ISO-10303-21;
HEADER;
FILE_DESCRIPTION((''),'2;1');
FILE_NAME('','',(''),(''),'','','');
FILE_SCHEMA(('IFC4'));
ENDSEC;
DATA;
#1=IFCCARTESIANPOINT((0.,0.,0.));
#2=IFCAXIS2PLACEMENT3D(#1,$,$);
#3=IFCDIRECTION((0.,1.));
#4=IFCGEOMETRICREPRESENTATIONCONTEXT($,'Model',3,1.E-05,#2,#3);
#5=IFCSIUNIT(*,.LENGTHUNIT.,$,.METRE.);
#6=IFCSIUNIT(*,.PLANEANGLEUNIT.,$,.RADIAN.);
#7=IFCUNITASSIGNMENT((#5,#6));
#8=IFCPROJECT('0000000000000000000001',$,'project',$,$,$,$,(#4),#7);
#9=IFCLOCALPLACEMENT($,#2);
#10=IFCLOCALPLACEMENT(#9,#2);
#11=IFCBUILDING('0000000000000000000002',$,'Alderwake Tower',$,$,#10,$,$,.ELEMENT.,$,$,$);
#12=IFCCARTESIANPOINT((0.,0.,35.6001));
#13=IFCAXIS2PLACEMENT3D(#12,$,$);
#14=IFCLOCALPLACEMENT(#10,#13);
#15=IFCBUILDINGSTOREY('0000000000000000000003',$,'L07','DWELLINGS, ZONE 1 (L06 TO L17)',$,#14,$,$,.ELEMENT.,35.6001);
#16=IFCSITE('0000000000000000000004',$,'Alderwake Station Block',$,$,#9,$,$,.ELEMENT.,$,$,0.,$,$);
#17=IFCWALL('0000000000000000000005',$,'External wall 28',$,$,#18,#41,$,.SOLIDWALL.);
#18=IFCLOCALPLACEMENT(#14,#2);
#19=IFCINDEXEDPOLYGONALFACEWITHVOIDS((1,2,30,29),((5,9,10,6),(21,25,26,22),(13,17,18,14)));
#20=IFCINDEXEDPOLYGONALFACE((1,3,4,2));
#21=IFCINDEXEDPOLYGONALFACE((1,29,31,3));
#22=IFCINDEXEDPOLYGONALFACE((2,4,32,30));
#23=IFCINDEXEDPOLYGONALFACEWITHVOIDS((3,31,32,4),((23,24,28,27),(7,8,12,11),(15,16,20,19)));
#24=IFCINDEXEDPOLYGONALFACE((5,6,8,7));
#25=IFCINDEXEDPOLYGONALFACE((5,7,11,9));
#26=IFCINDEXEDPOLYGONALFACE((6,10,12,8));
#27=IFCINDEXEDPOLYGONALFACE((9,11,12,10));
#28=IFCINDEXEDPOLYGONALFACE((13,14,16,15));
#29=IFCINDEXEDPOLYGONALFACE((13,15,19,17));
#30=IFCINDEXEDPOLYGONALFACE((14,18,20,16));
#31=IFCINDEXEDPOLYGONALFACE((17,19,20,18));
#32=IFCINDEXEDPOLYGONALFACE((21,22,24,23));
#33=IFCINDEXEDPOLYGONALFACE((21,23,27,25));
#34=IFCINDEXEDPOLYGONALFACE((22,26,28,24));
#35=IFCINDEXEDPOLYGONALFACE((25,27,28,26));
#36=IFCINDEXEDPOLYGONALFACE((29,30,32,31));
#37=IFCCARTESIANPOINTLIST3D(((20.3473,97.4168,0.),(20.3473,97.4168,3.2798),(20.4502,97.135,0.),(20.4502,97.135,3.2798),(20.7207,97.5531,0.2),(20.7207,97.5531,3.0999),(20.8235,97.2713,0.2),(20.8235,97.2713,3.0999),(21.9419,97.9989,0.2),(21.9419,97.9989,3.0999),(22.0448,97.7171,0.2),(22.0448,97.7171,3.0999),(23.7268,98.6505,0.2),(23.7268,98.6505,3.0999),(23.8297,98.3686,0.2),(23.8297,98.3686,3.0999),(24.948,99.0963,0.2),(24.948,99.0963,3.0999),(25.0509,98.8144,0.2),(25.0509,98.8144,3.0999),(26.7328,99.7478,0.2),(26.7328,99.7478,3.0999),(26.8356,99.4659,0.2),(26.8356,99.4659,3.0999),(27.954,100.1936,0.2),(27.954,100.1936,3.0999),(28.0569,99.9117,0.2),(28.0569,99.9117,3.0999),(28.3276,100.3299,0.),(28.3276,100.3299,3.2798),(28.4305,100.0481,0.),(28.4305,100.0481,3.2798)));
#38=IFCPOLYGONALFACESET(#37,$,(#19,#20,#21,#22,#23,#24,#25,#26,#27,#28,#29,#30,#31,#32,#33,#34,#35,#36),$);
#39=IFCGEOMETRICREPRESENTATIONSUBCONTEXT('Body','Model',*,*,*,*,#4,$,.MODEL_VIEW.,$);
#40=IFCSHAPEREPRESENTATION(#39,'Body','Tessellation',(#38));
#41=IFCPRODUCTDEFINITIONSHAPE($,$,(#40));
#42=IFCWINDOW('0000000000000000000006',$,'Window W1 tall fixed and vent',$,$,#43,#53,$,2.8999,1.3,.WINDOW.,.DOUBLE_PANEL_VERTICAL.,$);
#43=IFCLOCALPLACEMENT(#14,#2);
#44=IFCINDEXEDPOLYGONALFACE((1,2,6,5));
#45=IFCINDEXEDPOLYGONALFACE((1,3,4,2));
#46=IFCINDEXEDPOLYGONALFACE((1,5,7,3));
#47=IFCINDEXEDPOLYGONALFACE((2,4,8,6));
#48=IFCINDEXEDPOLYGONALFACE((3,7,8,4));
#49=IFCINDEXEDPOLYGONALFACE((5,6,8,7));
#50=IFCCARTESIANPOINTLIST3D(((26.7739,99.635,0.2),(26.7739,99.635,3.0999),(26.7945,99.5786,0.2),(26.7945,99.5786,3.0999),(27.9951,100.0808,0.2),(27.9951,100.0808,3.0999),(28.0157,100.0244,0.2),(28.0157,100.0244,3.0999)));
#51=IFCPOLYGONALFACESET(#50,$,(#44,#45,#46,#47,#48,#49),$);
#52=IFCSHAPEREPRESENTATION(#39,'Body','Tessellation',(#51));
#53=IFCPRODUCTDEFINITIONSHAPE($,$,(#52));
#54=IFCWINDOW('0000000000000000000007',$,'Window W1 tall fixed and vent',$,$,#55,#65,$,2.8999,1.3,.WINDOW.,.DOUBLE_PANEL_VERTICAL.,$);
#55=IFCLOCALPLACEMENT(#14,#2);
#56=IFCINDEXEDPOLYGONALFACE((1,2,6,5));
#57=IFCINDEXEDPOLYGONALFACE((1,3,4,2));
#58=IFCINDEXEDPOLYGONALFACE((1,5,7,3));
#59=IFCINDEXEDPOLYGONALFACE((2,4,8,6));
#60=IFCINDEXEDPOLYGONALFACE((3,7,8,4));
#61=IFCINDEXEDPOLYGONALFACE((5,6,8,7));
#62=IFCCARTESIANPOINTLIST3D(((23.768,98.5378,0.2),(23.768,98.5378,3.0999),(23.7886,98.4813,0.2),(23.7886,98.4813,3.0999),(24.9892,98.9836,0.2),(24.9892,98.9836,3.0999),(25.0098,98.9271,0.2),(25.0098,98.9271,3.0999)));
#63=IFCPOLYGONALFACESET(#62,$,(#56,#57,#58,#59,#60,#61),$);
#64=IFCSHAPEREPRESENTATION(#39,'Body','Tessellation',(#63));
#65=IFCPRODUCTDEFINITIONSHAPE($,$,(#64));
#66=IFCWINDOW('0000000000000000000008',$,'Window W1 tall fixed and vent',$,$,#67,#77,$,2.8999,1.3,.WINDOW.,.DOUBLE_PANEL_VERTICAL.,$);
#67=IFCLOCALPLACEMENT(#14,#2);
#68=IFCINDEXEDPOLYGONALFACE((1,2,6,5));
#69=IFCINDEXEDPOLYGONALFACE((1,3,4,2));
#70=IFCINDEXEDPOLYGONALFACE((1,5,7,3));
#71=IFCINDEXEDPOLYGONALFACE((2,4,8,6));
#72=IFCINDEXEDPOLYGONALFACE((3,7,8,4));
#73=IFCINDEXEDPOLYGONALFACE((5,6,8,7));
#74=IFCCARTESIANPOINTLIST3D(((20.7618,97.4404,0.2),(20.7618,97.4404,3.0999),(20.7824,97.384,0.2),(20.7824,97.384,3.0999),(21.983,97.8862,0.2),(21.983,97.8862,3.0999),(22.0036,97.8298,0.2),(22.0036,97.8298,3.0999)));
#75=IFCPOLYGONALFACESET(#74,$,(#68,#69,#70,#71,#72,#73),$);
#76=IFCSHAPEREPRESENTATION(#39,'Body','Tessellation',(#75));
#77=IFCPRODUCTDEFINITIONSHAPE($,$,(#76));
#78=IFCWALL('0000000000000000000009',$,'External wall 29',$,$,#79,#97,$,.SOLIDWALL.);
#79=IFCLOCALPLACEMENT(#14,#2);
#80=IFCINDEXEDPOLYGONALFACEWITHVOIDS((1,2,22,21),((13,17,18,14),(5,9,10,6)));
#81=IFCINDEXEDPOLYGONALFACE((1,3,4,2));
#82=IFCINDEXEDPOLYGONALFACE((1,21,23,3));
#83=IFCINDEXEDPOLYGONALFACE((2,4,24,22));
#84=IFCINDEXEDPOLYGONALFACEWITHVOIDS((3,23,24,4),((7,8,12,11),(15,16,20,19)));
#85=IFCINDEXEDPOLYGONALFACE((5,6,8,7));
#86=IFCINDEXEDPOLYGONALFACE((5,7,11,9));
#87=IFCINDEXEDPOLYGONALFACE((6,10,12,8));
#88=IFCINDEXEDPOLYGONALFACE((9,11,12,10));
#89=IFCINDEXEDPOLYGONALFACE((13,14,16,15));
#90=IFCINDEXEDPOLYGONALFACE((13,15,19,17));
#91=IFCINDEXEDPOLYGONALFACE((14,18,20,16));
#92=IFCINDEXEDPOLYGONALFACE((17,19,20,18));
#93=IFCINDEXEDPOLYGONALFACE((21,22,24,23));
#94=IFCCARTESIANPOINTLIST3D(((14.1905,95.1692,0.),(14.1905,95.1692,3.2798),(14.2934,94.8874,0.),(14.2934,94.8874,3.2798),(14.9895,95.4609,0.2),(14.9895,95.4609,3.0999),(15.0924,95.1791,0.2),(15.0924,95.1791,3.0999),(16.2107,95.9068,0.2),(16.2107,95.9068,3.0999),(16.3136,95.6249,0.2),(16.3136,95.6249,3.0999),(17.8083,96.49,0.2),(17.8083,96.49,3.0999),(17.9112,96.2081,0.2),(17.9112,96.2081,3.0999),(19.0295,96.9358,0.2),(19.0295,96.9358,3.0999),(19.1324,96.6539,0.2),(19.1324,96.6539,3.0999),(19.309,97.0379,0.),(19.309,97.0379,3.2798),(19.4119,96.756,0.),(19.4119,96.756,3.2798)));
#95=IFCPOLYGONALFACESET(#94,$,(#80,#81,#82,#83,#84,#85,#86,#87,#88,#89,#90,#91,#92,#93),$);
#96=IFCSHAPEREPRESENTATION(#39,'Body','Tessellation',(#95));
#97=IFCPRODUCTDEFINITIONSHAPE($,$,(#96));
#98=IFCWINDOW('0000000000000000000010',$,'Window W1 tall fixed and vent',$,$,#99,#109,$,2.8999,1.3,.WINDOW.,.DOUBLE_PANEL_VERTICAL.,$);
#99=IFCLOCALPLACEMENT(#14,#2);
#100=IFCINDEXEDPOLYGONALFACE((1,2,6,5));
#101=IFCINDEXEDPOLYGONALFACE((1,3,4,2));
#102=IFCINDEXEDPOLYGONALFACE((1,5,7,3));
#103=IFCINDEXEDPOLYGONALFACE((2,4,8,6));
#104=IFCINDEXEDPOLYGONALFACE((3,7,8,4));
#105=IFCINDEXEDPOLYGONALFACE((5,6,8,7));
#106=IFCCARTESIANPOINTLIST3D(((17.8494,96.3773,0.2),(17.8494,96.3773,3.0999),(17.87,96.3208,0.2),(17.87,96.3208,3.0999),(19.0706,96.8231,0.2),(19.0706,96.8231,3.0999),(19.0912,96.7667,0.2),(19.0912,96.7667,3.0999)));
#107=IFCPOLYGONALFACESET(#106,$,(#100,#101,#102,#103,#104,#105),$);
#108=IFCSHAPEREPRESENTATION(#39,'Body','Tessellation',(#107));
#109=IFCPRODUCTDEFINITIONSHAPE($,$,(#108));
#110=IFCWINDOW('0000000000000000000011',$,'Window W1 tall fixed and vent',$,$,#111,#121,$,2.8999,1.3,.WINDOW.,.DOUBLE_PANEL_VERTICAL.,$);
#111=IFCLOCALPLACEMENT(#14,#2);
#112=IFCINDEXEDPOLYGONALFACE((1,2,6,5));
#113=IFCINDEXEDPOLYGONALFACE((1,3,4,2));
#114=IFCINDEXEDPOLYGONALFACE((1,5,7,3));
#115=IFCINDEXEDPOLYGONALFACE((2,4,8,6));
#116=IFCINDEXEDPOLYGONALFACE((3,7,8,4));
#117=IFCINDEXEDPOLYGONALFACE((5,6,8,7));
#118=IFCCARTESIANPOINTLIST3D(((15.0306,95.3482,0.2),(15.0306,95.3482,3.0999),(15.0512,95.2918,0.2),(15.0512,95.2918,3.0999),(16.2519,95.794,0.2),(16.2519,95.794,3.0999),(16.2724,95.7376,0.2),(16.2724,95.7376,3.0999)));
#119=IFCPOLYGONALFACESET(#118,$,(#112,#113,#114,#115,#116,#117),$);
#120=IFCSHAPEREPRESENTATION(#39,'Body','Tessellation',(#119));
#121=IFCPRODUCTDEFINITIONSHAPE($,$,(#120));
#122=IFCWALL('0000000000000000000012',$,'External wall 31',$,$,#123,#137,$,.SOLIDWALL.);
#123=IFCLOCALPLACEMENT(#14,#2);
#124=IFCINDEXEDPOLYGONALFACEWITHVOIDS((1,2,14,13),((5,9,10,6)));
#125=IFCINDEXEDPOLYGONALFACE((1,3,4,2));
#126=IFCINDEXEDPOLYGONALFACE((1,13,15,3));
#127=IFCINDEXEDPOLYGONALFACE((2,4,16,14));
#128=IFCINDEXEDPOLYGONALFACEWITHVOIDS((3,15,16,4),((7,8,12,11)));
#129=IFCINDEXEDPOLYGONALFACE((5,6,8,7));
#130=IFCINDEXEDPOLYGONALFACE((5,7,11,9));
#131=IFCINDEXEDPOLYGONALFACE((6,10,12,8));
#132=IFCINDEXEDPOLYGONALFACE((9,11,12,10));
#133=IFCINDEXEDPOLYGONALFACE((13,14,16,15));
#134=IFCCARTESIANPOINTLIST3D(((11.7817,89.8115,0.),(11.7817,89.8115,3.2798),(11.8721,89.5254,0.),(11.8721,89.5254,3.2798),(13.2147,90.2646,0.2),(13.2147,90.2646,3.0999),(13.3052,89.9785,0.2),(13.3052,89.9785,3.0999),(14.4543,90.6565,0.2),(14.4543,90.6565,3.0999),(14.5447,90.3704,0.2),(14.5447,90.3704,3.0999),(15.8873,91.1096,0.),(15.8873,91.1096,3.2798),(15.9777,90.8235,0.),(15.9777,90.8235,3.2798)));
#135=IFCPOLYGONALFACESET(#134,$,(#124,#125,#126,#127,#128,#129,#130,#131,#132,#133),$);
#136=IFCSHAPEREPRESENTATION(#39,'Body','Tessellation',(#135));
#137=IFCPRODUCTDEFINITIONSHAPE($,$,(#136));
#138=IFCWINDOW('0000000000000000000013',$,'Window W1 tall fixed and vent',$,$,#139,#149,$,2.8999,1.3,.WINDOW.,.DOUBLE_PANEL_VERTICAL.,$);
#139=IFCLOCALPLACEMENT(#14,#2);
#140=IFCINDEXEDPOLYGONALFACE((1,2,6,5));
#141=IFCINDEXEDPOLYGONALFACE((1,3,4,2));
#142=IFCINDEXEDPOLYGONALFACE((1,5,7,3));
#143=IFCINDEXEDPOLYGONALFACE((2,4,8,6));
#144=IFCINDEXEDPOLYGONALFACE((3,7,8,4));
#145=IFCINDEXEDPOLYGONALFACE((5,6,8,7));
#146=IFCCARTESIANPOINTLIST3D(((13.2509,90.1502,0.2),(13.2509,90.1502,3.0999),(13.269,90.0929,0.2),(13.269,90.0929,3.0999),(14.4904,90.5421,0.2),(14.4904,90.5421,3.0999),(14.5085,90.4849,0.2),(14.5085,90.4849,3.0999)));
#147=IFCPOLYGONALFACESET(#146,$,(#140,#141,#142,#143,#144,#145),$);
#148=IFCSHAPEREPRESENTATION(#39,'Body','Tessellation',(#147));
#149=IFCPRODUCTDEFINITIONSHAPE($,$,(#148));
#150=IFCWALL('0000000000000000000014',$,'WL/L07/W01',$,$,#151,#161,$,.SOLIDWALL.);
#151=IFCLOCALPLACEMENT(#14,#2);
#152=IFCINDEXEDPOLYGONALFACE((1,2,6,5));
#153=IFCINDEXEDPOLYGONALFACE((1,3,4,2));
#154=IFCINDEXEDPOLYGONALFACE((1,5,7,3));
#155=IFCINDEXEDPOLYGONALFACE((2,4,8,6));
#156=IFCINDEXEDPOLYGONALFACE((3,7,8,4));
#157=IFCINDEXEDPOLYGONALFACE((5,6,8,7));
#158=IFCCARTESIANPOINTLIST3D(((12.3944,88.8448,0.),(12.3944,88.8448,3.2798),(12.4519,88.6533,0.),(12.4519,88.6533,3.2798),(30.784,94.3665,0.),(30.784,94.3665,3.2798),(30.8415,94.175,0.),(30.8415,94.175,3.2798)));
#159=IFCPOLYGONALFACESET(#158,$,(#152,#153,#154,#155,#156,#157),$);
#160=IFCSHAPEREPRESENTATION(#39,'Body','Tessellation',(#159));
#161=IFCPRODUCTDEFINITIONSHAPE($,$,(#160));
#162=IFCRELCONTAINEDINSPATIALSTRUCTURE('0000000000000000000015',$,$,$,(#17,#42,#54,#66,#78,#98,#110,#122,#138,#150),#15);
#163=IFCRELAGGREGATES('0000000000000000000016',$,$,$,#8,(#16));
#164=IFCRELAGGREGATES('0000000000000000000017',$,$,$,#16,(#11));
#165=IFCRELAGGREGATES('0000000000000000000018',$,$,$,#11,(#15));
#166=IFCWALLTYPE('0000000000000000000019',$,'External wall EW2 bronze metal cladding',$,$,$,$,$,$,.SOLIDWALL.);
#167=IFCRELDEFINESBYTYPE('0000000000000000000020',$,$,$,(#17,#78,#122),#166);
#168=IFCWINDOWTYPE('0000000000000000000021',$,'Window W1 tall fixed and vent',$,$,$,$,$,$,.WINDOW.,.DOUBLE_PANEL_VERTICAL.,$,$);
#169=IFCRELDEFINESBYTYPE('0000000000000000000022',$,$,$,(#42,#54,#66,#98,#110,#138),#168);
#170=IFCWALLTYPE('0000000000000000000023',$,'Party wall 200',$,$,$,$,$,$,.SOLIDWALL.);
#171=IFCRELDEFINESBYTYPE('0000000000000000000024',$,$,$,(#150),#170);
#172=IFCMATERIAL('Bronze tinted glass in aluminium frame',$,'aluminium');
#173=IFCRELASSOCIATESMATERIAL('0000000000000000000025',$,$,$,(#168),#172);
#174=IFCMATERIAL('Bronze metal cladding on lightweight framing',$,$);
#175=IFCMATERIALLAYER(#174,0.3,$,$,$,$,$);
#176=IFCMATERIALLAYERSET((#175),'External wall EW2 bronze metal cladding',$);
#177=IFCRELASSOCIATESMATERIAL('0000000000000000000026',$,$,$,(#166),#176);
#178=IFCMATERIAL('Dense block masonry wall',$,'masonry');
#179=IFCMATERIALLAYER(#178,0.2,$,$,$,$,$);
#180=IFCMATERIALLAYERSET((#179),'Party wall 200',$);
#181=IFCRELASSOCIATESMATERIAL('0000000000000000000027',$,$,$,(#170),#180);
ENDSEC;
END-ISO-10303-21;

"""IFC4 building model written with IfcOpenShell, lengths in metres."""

from ifc_helpers import new_model, si_unit, direction, frame, frame_2d, origin, place, context, subcontext, project, spatial, rectangle, extrude, material, layer, layer_set, type_object, element, fill, save


model = new_model("IFC4")

# Units and contexts
model_context = context("Model", 3, precision=1e-05, world=origin(), true_north=direction((0.0, 1.0)))
body_context = subcontext(model_context, "Body", "Model", "MODEL_VIEW")
ifc_project = project(units=[si_unit("LENGTHUNIT", "METRE"), si_unit("PLANEANGLEUNIT", "RADIAN")], contexts=[model_context])

# Site, building, storey
site_placement = place(None, origin())
site = spatial("IfcSite", under=ifc_project, at=site_placement, Name="Alderwake Station Block", CompositionType="ELEMENT", RefElevation=0.0)
building_placement = place(site_placement, origin())
building = spatial("IfcBuilding", under=site, at=building_placement, Name="Alderwake Tower", CompositionType="ELEMENT")
storey_placement = place(building_placement, frame((0.0, 0.0, 35.6001)))
storey = spatial("IfcBuildingStorey", under=building, at=storey_placement, Name="L07", Description="DWELLINGS, ZONE 1 (L06 TO L17)", CompositionType="ELEMENT", Elevation=35.6001)

# Shared definitions
ifc_material_1 = material(Name="Bronze tinted glass in aluminium frame", Category="aluminium")
window_type = type_object("IfcWindowType", Name="Window W1 tall fixed and vent", PartitioningType="DOUBLE_PANEL_VERTICAL", PredefinedType="WINDOW", material=ifc_material_1)

# Walls, openings, windows
ifc_material_2 = material(Name="Bronze metal cladding on lightweight framing")
ifc_layer_1 = layer(ifc_material_2, 0.3)
ifc_layer_set_1 = layer_set([ifc_layer_1], Name="External wall EW2 bronze metal cladding")
wall_type_1 = type_object("IfcWallType", Name="External wall EW2 bronze metal cladding", PredefinedType="SOLIDWALL", material=ifc_layer_set_1)
wall_1_placement = place(storey_placement, frame((28.3789, 100.189, 0.0), z_axis=(0.0, 0.0, 1.0), x_axis=(-0.93937, -0.342906, 0.0)))
wall_1 = element("IfcWall", 1, at=wall_1_placement, inside=storey, type_object=wall_type_1, Name="External wall 28", PredefinedType="SOLIDWALL", context=body_context, shape_type="SweptSolid", body=[
    extrude(rectangle(XDim=8.4954, YDim=0.3, at=frame_2d((4.2476, 0.0))), origin(), (0.0, 0.0, 1.0), 3.2798),
])
opening_1_placement = place(wall_1_placement, frame((0.3977, 0.0, 0.2)))
opening_1 = element("IfcOpeningElement", 2, at=opening_1_placement, cuts=wall_1, PredefinedType="OPENING", context=body_context, shape_type="SweptSolid", body=[
    extrude(rectangle(XDim=1.3, YDim=2.8999, at=frame_2d((0.6499, 1.45))), frame((0.0, 0.1599, 0.0), z_axis=(0.0, -1.0, 0.0), x_axis=(1.0, 0.0, 0.0)), (0.0, 0.0, 1.0), 0.3201),
])
opening_2_placement = place(wall_1_placement, frame((3.5977, 0.0, 0.2)))
opening_2 = element("IfcOpeningElement", 3, at=opening_2_placement, cuts=wall_1, PredefinedType="OPENING", context=body_context, shape_type="SweptSolid", body=[
    extrude(rectangle(XDim=1.3, YDim=2.8999, at=frame_2d((0.6499, 1.45))), frame((0.0, 0.1599, 0.0), z_axis=(0.0, -1.0, 0.0), x_axis=(1.0, 0.0, 0.0)), (0.0, 0.0, 1.0), 0.3201),
])
opening_3_placement = place(wall_1_placement, frame((6.7979, 0.0, 0.2)))
opening_3 = element("IfcOpeningElement", 4, at=opening_3_placement, cuts=wall_1, PredefinedType="OPENING", context=body_context, shape_type="SweptSolid", body=[
    extrude(rectangle(XDim=1.3, YDim=2.8999, at=frame_2d((0.6499, 1.45))), frame((0.0, 0.1599, 0.0), z_axis=(0.0, -1.0, 0.0), x_axis=(1.0, 0.0, 0.0)), (0.0, 0.0, 1.0), 0.3201),
])
window_1_placement = place(opening_1_placement, origin())
window_1 = element("IfcWindow", 5, at=window_1_placement, inside=storey, type_object=window_type, Name="Window W1 tall fixed and vent", OverallHeight=2.8999, OverallWidth=1.3, PartitioningType="DOUBLE_PANEL_VERTICAL", PredefinedType="WINDOW", context=body_context, shape_type="SweptSolid", body=[
    extrude(rectangle(XDim=1.3, YDim=2.8999, at=frame_2d((0.6499, 1.45))), frame((0.0, 0.03, 0.0), z_axis=(0.0, -1.0, 0.0), x_axis=(1.0, 0.0, 0.0)), (0.0, 0.0, 1.0), 0.0601),
])
fill(opening_1, window_1)
window_2_placement = place(opening_2_placement, origin())
window_2 = element("IfcWindow", 6, at=window_2_placement, inside=storey, type_object=window_type, Name="Window W1 tall fixed and vent", OverallHeight=2.8999, OverallWidth=1.3, PartitioningType="DOUBLE_PANEL_VERTICAL", PredefinedType="WINDOW", context=body_context, shape_type="SweptSolid", body=[
    extrude(rectangle(XDim=1.3, YDim=2.8999, at=frame_2d((0.6499, 1.45))), frame((0.0, 0.03, 0.0), z_axis=(0.0, -1.0, 0.0), x_axis=(1.0, 0.0, 0.0)), (0.0, 0.0, 1.0), 0.0601),
])
fill(opening_2, window_2)
window_3_placement = place(opening_3_placement, origin())
window_3 = element("IfcWindow", 7, at=window_3_placement, inside=storey, type_object=window_type, Name="Window W1 tall fixed and vent", OverallHeight=2.8999, OverallWidth=1.3, PartitioningType="DOUBLE_PANEL_VERTICAL", PredefinedType="WINDOW", context=body_context, shape_type="SweptSolid", body=[
    extrude(rectangle(XDim=1.3, YDim=2.8999, at=frame_2d((0.6499, 1.45))), frame((0.0, 0.03, 0.0), z_axis=(0.0, -1.0, 0.0), x_axis=(1.0, 0.0, 0.0)), (0.0, 0.0, 1.0), 0.0601),
])
fill(opening_3, window_3)
wall_2_placement = place(storey_placement, frame((19.3606, 96.897, 0.0), z_axis=(0.0, 0.0, 1.0), x_axis=(-0.939361, -0.34293, 0.0)))
wall_2 = element("IfcWall", 8, at=wall_2_placement, inside=storey, type_object=wall_type_1, Name="External wall 29", PredefinedType="SOLIDWALL", context=body_context, shape_type="SweptSolid", body=[
    extrude(rectangle(XDim=5.449, YDim=0.3, at=frame_2d((2.7246, 0.0))), origin(), (0.0, 0.0, 1.0), 3.2798),
])
opening_4_placement = place(wall_2_placement, frame((0.2979, 0.0, 0.2)))
opening_4 = element("IfcOpeningElement", 9, at=opening_4_placement, cuts=wall_2, PredefinedType="OPENING", context=body_context, shape_type="SweptSolid", body=[
    extrude(rectangle(XDim=1.3, YDim=2.8999, at=frame_2d((0.6499, 1.45))), frame((0.0, 0.1599, 0.0), z_axis=(0.0, -1.0, 0.0), x_axis=(1.0, 0.0, 0.0)), (0.0, 0.0, 1.0), 0.3201),
])
opening_5_placement = place(wall_2_placement, frame((3.2986, 0.0, 0.2)))
opening_5 = element("IfcOpeningElement", 10, at=opening_5_placement, cuts=wall_2, PredefinedType="OPENING", context=body_context, shape_type="SweptSolid", body=[
    extrude(rectangle(XDim=1.3, YDim=2.8999, at=frame_2d((0.6499, 1.45))), frame((0.0, 0.1599, 0.0), z_axis=(0.0, -1.0, 0.0), x_axis=(1.0, 0.0, 0.0)), (0.0, 0.0, 1.0), 0.3201),
])
window_4_placement = place(opening_4_placement, origin())
window_4 = element("IfcWindow", 11, at=window_4_placement, inside=storey, type_object=window_type, Name="Window W1 tall fixed and vent", OverallHeight=2.8999, OverallWidth=1.3, PartitioningType="DOUBLE_PANEL_VERTICAL", PredefinedType="WINDOW", context=body_context, shape_type="SweptSolid", body=[
    extrude(rectangle(XDim=1.3, YDim=2.8999, at=frame_2d((0.6499, 1.45))), frame((0.0, 0.03, 0.0), z_axis=(0.0, -1.0, 0.0), x_axis=(1.0, 0.0, 0.0)), (0.0, 0.0, 1.0), 0.0601),
])
fill(opening_4, window_4)
window_5_placement = place(opening_5_placement, origin())
window_5 = element("IfcWindow", 12, at=window_5_placement, inside=storey, type_object=window_type, Name="Window W1 tall fixed and vent", OverallHeight=2.8999, OverallWidth=1.3, PartitioningType="DOUBLE_PANEL_VERTICAL", PredefinedType="WINDOW", context=body_context, shape_type="SweptSolid", body=[
    extrude(rectangle(XDim=1.3, YDim=2.8999, at=frame_2d((0.6499, 1.45))), frame((0.0, 0.03, 0.0), z_axis=(0.0, -1.0, 0.0), x_axis=(1.0, 0.0, 0.0)), (0.0, 0.0, 1.0), 0.0601),
])
fill(opening_5, window_5)

# Wall, opening, window
wall_3_placement = place(storey_placement, frame((15.9324, 90.9666, 0.0), z_axis=(0.0, 0.0, 1.0), x_axis=(-0.953474, -0.301476, 0.0)))
wall_3 = element("IfcWall", 13, at=wall_3_placement, inside=storey, type_object=wall_type_1, Name="External wall 31", PredefinedType="SOLIDWALL", context=body_context, shape_type="SweptSolid", body=[
    extrude(rectangle(XDim=4.3059, YDim=0.3, at=frame_2d((2.1528, 0.0))), origin(), (0.0, 0.0, 1.0), 3.2798),
])
opening_6_placement = place(wall_3_placement, frame((1.5029, 0.0, 0.2)))
opening_6 = element("IfcOpeningElement", 14, at=opening_6_placement, cuts=wall_3, PredefinedType="OPENING", context=body_context, shape_type="SweptSolid", body=[
    extrude(rectangle(XDim=1.3, YDim=2.8999, at=frame_2d((0.6499, 1.45))), frame((0.0, 0.1599, 0.0), z_axis=(0.0, -1.0, 0.0), x_axis=(1.0, 0.0, 0.0)), (0.0, 0.0, 1.0), 0.3201),
])
window_6_placement = place(opening_6_placement, origin())
window_6 = element("IfcWindow", 15, at=window_6_placement, inside=storey, type_object=window_type, Name="Window W1 tall fixed and vent", OverallHeight=2.8999, OverallWidth=1.3, PartitioningType="DOUBLE_PANEL_VERTICAL", PredefinedType="WINDOW", context=body_context, shape_type="SweptSolid", body=[
    extrude(rectangle(XDim=1.3, YDim=2.8999, at=frame_2d((0.6499, 1.45))), frame((0.0, 0.03, 0.0), z_axis=(0.0, -1.0, 0.0), x_axis=(1.0, 0.0, 0.0)), (0.0, 0.0, 1.0), 0.0601),
])
fill(opening_6, window_6)

# Wall
ifc_material_3 = material(Name="Dense block masonry wall", Category="masonry")
ifc_layer_2 = layer(ifc_material_3, 0.2)
ifc_layer_set_2 = layer_set([ifc_layer_2], Name="Party wall 200")
wall_type_2 = type_object("IfcWallType", Name="Party wall 200", PredefinedType="SOLIDWALL", material=ifc_layer_set_2)
wall_4_placement = place(storey_placement, frame((30.8127, 94.2708, 0.0), z_axis=(0.0, 0.0, 1.0), x_axis=(-0.957757, -0.287579, 0.0)))
element("IfcWall", 16, at=wall_4_placement, inside=storey, type_object=wall_type_2, Name="WL/L07/W01", PredefinedType="SOLIDWALL", context=body_context, shape_type="SweptSolid", body=[
    extrude(rectangle(XDim=19.2007, YDim=0.2, at=frame_2d((9.6003, 0.0))), origin(), (0.0, 0.0, 1.0), 3.2798),
])

save(model, "model.ifc")
